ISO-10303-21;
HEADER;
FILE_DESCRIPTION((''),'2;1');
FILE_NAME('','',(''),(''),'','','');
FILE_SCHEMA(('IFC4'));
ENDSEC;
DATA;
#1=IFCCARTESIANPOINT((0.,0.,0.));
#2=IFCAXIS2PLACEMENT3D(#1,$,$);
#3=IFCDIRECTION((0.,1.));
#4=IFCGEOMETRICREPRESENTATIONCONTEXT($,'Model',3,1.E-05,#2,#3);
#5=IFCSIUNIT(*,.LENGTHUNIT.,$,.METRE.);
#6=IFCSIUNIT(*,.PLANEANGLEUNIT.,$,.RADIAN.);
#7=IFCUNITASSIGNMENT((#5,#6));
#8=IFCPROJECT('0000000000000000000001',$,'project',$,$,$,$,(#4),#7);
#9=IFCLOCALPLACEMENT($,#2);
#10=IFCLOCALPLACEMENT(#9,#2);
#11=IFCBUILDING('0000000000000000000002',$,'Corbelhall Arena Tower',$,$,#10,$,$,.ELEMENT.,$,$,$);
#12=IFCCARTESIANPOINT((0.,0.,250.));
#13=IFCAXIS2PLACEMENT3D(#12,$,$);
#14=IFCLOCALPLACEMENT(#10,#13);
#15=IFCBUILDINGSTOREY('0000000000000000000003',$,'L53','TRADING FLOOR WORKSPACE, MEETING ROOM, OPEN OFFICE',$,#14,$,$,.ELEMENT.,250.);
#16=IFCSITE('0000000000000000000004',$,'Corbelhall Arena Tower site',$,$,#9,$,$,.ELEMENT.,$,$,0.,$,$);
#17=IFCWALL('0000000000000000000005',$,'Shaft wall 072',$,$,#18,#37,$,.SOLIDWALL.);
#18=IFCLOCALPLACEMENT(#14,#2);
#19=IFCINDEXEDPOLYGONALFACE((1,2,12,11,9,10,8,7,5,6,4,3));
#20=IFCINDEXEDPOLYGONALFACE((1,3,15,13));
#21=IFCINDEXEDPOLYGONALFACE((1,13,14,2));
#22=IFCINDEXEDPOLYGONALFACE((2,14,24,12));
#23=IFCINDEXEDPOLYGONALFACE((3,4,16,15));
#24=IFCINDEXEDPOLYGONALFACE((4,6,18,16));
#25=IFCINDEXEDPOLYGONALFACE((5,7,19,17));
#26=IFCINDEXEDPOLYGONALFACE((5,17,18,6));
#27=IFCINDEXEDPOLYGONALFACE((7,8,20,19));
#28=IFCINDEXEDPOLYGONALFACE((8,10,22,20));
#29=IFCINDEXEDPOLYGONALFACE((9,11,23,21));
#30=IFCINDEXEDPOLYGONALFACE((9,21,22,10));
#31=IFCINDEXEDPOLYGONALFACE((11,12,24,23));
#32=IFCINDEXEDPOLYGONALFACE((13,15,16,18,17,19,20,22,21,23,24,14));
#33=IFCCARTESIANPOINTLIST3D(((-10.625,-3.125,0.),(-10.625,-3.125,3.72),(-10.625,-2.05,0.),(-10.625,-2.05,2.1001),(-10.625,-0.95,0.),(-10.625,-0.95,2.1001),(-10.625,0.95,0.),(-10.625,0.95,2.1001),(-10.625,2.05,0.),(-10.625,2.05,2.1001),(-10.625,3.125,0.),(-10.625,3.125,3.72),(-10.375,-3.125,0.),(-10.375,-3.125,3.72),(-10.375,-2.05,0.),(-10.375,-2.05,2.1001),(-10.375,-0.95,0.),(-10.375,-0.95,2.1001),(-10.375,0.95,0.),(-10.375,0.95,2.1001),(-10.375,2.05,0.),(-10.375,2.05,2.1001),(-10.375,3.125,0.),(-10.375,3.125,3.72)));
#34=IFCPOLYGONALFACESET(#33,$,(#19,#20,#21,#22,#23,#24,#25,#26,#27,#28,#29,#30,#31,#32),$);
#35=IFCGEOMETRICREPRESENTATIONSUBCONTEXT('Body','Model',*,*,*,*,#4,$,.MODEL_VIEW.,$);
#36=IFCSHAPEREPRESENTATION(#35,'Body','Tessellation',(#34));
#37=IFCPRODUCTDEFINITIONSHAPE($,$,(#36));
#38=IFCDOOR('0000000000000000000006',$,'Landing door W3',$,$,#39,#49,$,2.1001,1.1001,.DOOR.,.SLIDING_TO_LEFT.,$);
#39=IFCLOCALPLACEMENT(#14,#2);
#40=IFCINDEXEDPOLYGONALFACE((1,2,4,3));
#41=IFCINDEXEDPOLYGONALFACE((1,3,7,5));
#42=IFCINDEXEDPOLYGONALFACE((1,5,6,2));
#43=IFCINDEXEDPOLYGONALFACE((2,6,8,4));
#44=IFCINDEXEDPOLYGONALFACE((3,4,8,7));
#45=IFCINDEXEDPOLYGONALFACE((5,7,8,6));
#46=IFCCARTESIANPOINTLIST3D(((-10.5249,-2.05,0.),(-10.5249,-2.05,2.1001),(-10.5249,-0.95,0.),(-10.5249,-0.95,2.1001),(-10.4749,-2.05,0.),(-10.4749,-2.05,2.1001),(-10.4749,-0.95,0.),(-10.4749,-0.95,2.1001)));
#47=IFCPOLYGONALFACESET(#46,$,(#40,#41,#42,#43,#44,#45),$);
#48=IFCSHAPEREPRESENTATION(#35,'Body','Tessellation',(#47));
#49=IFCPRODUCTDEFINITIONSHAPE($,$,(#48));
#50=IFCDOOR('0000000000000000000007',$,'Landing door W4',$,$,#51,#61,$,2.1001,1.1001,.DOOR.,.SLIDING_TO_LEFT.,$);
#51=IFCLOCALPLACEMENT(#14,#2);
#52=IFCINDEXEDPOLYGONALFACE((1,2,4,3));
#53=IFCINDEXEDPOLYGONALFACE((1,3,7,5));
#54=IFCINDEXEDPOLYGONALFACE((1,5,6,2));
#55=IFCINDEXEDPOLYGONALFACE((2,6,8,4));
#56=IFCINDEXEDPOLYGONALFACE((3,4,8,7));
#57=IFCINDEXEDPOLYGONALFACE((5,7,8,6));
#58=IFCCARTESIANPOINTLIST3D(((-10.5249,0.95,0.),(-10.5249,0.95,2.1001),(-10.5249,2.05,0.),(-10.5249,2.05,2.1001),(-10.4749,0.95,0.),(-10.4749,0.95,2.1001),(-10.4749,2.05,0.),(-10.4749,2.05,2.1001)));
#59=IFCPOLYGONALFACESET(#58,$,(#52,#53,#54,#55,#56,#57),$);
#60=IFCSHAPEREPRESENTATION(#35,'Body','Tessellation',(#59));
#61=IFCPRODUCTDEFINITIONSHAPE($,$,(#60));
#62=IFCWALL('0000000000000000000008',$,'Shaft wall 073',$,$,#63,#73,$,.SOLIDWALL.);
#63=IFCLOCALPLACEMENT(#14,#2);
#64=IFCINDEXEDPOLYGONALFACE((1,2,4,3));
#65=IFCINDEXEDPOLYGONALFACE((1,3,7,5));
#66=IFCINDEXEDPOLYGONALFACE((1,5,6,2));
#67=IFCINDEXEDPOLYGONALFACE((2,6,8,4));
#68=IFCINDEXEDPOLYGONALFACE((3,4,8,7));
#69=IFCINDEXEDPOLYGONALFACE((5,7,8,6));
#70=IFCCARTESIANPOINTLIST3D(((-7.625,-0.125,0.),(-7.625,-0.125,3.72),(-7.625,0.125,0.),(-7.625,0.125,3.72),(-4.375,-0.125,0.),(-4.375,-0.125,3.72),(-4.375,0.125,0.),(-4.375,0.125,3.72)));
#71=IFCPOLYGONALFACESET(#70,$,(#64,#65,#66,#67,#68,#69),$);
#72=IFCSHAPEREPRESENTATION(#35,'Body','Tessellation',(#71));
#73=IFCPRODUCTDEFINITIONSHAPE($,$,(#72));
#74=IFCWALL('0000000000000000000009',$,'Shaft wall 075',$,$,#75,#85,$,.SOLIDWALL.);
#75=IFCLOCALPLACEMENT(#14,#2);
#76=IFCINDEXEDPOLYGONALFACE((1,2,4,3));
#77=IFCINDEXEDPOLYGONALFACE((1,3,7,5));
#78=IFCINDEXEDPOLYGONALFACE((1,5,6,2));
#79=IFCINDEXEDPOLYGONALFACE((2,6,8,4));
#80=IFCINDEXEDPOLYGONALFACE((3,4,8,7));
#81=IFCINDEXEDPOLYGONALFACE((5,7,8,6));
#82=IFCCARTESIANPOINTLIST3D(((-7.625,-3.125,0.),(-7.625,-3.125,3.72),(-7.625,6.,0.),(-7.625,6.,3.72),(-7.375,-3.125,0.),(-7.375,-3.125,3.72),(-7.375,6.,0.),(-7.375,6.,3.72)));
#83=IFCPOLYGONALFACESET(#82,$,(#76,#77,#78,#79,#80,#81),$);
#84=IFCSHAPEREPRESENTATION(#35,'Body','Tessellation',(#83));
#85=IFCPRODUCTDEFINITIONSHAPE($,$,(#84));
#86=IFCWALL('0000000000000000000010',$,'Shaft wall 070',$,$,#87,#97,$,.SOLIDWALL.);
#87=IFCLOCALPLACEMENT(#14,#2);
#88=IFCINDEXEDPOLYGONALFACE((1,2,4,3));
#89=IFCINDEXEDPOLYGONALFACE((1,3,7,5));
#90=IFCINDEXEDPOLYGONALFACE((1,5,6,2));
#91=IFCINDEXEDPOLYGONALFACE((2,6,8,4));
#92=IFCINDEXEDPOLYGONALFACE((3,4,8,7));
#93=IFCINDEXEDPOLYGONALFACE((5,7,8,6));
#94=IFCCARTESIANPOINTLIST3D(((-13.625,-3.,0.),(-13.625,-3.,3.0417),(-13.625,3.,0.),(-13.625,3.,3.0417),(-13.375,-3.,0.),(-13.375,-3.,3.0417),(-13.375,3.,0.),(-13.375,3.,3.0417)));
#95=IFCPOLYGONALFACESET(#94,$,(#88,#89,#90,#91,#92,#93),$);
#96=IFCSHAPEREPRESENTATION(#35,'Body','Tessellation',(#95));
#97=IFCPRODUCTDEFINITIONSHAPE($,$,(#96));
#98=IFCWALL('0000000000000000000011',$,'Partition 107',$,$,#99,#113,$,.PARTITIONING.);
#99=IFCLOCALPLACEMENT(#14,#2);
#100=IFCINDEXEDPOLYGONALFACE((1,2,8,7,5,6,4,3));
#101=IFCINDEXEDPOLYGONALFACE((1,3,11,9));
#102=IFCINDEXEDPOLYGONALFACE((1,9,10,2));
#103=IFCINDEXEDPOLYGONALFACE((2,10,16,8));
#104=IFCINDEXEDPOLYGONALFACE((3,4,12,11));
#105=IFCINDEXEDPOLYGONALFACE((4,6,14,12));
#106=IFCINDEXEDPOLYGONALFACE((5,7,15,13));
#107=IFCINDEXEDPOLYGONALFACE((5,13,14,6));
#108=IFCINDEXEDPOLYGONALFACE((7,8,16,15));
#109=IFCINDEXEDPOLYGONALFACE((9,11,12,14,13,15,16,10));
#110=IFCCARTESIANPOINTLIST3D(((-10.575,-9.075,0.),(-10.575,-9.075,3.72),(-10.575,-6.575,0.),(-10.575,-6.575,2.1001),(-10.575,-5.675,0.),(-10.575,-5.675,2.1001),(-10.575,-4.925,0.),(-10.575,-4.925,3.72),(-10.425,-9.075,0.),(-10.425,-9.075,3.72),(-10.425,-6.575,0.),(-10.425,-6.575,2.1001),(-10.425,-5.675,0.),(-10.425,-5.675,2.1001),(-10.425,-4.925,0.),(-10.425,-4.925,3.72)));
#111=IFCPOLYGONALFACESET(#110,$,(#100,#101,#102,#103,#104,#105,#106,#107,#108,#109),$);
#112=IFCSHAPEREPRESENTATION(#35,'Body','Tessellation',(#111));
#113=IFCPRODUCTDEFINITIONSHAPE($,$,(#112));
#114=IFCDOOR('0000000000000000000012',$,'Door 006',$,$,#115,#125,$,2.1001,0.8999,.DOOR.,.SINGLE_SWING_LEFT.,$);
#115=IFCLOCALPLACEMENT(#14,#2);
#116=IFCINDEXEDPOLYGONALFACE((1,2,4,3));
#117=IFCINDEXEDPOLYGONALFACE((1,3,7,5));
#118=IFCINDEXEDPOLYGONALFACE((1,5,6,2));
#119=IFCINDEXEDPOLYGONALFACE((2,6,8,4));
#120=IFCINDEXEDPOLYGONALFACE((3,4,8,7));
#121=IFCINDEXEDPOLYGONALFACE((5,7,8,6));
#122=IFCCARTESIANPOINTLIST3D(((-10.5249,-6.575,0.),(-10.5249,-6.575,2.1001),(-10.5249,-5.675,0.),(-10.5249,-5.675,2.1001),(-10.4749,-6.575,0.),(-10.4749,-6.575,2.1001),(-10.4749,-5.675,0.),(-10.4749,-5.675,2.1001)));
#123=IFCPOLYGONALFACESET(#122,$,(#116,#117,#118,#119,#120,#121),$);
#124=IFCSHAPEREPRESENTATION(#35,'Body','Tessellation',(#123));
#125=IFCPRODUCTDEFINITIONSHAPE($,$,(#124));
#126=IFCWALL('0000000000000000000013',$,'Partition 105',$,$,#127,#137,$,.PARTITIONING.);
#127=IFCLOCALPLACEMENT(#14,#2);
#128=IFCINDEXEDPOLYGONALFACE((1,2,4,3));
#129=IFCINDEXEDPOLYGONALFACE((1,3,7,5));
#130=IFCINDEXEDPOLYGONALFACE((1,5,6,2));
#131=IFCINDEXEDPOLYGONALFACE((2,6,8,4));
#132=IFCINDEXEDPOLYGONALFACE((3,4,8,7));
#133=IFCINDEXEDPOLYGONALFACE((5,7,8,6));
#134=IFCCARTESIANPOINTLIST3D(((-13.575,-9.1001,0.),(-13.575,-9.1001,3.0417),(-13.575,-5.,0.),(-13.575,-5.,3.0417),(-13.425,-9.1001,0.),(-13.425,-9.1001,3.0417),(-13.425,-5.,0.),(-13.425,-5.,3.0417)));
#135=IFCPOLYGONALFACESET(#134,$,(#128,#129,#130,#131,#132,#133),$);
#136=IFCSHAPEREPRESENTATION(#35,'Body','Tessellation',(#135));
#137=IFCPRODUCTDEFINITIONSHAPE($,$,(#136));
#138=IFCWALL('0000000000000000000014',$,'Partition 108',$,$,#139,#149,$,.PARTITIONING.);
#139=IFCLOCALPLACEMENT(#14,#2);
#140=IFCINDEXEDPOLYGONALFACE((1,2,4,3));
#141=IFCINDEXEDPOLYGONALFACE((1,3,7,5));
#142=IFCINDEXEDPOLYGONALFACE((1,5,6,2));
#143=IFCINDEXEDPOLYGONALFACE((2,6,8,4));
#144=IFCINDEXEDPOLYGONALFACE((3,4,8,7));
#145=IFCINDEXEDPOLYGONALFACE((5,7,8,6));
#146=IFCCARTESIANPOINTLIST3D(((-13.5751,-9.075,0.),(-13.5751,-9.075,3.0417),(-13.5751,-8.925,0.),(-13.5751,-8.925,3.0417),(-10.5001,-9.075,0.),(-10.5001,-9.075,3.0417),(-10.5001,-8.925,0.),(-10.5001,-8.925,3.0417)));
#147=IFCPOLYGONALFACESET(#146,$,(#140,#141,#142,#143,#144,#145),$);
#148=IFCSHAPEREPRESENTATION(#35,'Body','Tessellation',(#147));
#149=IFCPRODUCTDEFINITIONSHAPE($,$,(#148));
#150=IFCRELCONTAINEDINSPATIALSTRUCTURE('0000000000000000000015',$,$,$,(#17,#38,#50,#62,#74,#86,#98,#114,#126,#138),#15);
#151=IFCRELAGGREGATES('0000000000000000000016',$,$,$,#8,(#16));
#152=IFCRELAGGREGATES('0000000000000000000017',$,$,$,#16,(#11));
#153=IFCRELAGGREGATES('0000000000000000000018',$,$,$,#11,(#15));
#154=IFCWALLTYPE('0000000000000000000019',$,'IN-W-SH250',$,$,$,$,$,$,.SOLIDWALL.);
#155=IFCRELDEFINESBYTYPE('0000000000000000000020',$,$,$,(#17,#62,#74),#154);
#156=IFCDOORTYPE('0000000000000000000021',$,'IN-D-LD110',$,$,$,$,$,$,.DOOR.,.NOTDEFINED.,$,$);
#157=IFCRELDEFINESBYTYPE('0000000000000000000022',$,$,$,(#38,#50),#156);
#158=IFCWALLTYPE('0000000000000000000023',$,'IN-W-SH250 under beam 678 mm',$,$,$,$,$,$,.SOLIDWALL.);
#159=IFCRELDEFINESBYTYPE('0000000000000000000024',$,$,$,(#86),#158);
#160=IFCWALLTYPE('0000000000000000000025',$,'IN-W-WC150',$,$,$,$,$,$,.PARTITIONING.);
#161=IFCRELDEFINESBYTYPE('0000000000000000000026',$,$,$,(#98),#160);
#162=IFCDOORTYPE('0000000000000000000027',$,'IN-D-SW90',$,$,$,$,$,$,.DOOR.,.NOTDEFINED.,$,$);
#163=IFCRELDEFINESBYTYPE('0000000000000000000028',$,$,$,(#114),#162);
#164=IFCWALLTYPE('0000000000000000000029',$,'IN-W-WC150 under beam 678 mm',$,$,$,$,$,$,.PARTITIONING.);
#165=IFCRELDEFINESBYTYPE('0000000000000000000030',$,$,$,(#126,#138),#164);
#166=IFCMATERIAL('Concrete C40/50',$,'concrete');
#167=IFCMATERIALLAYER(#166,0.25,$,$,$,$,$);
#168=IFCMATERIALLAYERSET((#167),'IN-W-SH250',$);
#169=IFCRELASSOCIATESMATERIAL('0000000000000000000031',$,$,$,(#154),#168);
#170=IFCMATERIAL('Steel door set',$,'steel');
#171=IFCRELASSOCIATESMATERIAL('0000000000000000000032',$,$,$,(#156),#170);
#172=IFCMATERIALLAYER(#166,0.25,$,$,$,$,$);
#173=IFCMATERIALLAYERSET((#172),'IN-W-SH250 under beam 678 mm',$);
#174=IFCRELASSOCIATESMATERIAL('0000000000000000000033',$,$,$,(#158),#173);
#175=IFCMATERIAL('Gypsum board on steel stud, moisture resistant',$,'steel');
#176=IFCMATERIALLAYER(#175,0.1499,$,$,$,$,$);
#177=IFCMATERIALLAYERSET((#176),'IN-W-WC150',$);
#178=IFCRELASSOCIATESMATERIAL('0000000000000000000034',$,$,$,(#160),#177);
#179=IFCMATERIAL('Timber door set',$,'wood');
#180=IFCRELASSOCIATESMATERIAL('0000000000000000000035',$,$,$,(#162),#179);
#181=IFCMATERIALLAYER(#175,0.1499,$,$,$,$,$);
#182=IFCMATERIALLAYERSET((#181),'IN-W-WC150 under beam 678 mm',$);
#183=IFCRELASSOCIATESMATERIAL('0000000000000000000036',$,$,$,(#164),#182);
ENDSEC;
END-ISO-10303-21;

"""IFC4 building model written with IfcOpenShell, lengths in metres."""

from ifc_helpers import new_model, si_unit, direction, frame, frame_2d, origin, place, context, subcontext, project, spatial, rectangle, extrude, material, layer, layer_set, type_object, element, fill, save


model = new_model("IFC4")

# Units and contexts
model_context = context("Model", 3, precision=1e-05, world=origin(), true_north=direction((0.0, 1.0)))
body_context = subcontext(model_context, "Body", "Model", "MODEL_VIEW")
ifc_project = project(units=[si_unit("LENGTHUNIT", "METRE"), si_unit("PLANEANGLEUNIT", "RADIAN")], contexts=[model_context])

# Site, building, storey
site_placement = place(None, origin())
site = spatial("IfcSite", under=ifc_project, at=site_placement, Name="Corbelhall Arena Tower site", CompositionType="ELEMENT", RefElevation=0.0)
building_placement = place(site_placement, origin())
building = spatial("IfcBuilding", under=site, at=building_placement, Name="Corbelhall Arena Tower", CompositionType="ELEMENT")
storey_placement = place(building_placement, frame((0.0, 0.0, 250.0)))
storey = spatial("IfcBuildingStorey", under=building, at=storey_placement, Name="L53", Description="TRADING FLOOR WORKSPACE, MEETING ROOM, OPEN OFFICE", CompositionType="ELEMENT", Elevation=250.0)

# Shared definitions
ifc_material_1 = material(Name="Steel door set", Category="steel")

# Wall, openings, doors
ifc_material_2 = material(Name="Concrete C40/50", Category="concrete")
ifc_layer_1 = layer(ifc_material_2, 0.25)
ifc_layer_set_1 = layer_set([ifc_layer_1], Name="IN-W-SH250")
wall_type_1 = type_object("IfcWallType", Name="IN-W-SH250", PredefinedType="SOLIDWALL", material=ifc_layer_set_1)
wall_1_placement = place(storey_placement, frame((-10.5, -3.125, 0.0), z_axis=(0.0, 0.0, 1.0), x_axis=(0.0, 1.0, 0.0)))
wall_1 = element("IfcWall", 1, at=wall_1_placement, inside=storey, type_object=wall_type_1, Name="Shaft wall 072", PredefinedType="SOLIDWALL", context=body_context, shape_type="SweptSolid", body=[
    extrude(rectangle(XDim=6.25, YDim=0.25, at=frame_2d((3.125, 0.0))), origin(), (0.0, 0.0, 1.0), 3.72),
])
opening_1_placement = place(wall_1_placement, frame((1.075, 0.0, 0.0)))
opening_1 = element("IfcOpeningElement", 2, at=opening_1_placement, cuts=wall_1, PredefinedType="OPENING", context=body_context, shape_type="SweptSolid", body=[
    extrude(rectangle(XDim=1.1001, YDim=2.1001, at=frame_2d((0.55, 1.05))), frame((0.0, 0.125, 0.0), z_axis=(0.0, -1.0, 0.0), x_axis=(1.0, 0.0, 0.0)), (0.0, 0.0, 1.0), 0.25),
])
opening_2_placement = place(wall_1_placement, frame((4.075, 0.0, 0.0)))
opening_2 = element("IfcOpeningElement", 3, at=opening_2_placement, cuts=wall_1, PredefinedType="OPENING", context=body_context, shape_type="SweptSolid", body=[
    extrude(rectangle(XDim=1.1001, YDim=2.1001, at=frame_2d((0.55, 1.05))), frame((0.0, 0.125, 0.0), z_axis=(0.0, -1.0, 0.0), x_axis=(1.0, 0.0, 0.0)), (0.0, 0.0, 1.0), 0.25),
])
door_type_1 = type_object("IfcDoorType", Name="IN-D-LD110", OperationType="NOTDEFINED", PredefinedType="DOOR", material=ifc_material_1)
door_1_placement = place(opening_1_placement, origin())
door_1 = element("IfcDoor", 4, at=door_1_placement, inside=storey, type_object=door_type_1, Name="Landing door W3", OperationType="SLIDING_TO_LEFT", OverallHeight=2.1001, OverallWidth=1.1001, PredefinedType="DOOR", context=body_context, shape_type="SweptSolid", body=[
    extrude(rectangle(XDim=1.1001, YDim=2.1001, at=frame_2d((0.55, 1.05))), frame((0.0, 0.0249, 0.0), z_axis=(0.0, -1.0, 0.0), x_axis=(1.0, 0.0, 0.0)), (0.0, 0.0, 1.0), 0.05),
])
fill(opening_1, door_1)
door_2_placement = place(opening_2_placement, origin())
door_2 = element("IfcDoor", 5, at=door_2_placement, inside=storey, type_object=door_type_1, Name="Landing door W4", OperationType="SLIDING_TO_LEFT", OverallHeight=2.1001, OverallWidth=1.1001, PredefinedType="DOOR", context=body_context, shape_type="SweptSolid", body=[
    extrude(rectangle(XDim=1.1001, YDim=2.1001, at=frame_2d((0.55, 1.05))), frame((0.0, 0.0249, 0.0), z_axis=(0.0, -1.0, 0.0), x_axis=(1.0, 0.0, 0.0)), (0.0, 0.0, 1.0), 0.05),
])
fill(opening_2, door_2)

# Walls
wall_2_placement = place(storey_placement, frame((-7.625, 0.0, 0.0), z_axis=(0.0, 0.0, 1.0), x_axis=(1.0, 0.0, 0.0)))
element("IfcWall", 6, at=wall_2_placement, inside=storey, type_object=wall_type_1, Name="Shaft wall 073", PredefinedType="SOLIDWALL", context=body_context, shape_type="SweptSolid", body=[
    extrude(rectangle(XDim=3.25, YDim=0.25, at=frame_2d((1.625, 0.0))), origin(), (0.0, 0.0, 1.0), 3.72),
])
wall_3_placement = place(storey_placement, frame((-7.5, -3.125, 0.0), z_axis=(0.0, 0.0, 1.0), x_axis=(0.0, 1.0, 0.0)))
element("IfcWall", 7, at=wall_3_placement, inside=storey, type_object=wall_type_1, Name="Shaft wall 075", PredefinedType="SOLIDWALL", context=body_context, shape_type="SweptSolid", body=[
    extrude(rectangle(XDim=9.125, YDim=0.25, at=frame_2d((4.5625, 0.0))), origin(), (0.0, 0.0, 1.0), 3.72),
])
ifc_layer_2 = layer(ifc_material_2, 0.25)
ifc_layer_set_2 = layer_set([ifc_layer_2], Name="IN-W-SH250 under beam 678 mm")
wall_type_2 = type_object("IfcWallType", Name="IN-W-SH250 under beam 678 mm", PredefinedType="SOLIDWALL", material=ifc_layer_set_2)
wall_4_placement = place(storey_placement, frame((-13.5, -3.0, 0.0), z_axis=(0.0, 0.0, 1.0), x_axis=(0.0, 1.0, 0.0)))
element("IfcWall", 8, at=wall_4_placement, inside=storey, type_object=wall_type_2, Name="Shaft wall 070", PredefinedType="SOLIDWALL", context=body_context, shape_type="SweptSolid", body=[
    extrude(rectangle(XDim=6.0, YDim=0.25, at=frame_2d((3.0, 0.0))), origin(), (0.0, 0.0, 1.0), 3.0417),
])

# Wall, opening, door
ifc_material_3 = material(Name="Gypsum board on steel stud, moisture resistant", Category="steel")
ifc_layer_3 = layer(ifc_material_3, 0.1499)
ifc_layer_set_3 = layer_set([ifc_layer_3], Name="IN-W-WC150")
wall_type_3 = type_object("IfcWallType", Name="IN-W-WC150", PredefinedType="PARTITIONING", material=ifc_layer_set_3)
wall_5_placement = place(storey_placement, frame((-10.5, -9.075, 0.0), z_axis=(0.0, 0.0, 1.0), x_axis=(0.0, 1.0, 0.0)))
wall_5 = element("IfcWall", 9, at=wall_5_placement, inside=storey, type_object=wall_type_3, Name="Partition 107", PredefinedType="PARTITIONING", context=body_context, shape_type="SweptSolid", body=[
    extrude(rectangle(XDim=4.1499, YDim=0.1499, at=frame_2d((2.075, 0.0))), origin(), (0.0, 0.0, 1.0), 3.72),
])
opening_3_placement = place(wall_5_placement, frame((2.5, 0.0, 0.0)))
opening_3 = element("IfcOpeningElement", 10, at=opening_3_placement, cuts=wall_5, PredefinedType="OPENING", context=body_context, shape_type="SweptSolid", body=[
    extrude(rectangle(XDim=0.8999, YDim=2.1001, at=frame_2d((0.45, 1.05))), frame((0.0, 0.075, 0.0), z_axis=(0.0, -1.0, 0.0), x_axis=(1.0, 0.0, 0.0)), (0.0, 0.0, 1.0), 0.1499),
])
ifc_material_4 = material(Name="Timber door set", Category="wood")
door_type_2 = type_object("IfcDoorType", Name="IN-D-SW90", OperationType="NOTDEFINED", PredefinedType="DOOR", material=ifc_material_4)
door_3_placement = place(opening_3_placement, origin())
door_3 = element("IfcDoor", 11, at=door_3_placement, inside=storey, type_object=door_type_2, Name="Door 006", OperationType="SINGLE_SWING_LEFT", OverallHeight=2.1001, OverallWidth=0.8999, PredefinedType="DOOR", context=body_context, shape_type="SweptSolid", body=[
    extrude(rectangle(XDim=0.8999, YDim=2.1001, at=frame_2d((0.45, 1.05))), frame((0.0, 0.0249, 0.0), z_axis=(0.0, -1.0, 0.0), x_axis=(1.0, 0.0, 0.0)), (0.0, 0.0, 1.0), 0.05),
])
fill(opening_3, door_3)

# Walls
ifc_layer_4 = layer(ifc_material_3, 0.1499)
ifc_layer_set_4 = layer_set([ifc_layer_4], Name="IN-W-WC150 under beam 678 mm")
wall_type_4 = type_object("IfcWallType", Name="IN-W-WC150 under beam 678 mm", PredefinedType="PARTITIONING", material=ifc_layer_set_4)
wall_6_placement = place(storey_placement, frame((-13.5, -9.1001, 0.0), z_axis=(0.0, 0.0, 1.0), x_axis=(0.0, 1.0, 0.0)))
element("IfcWall", 12, at=wall_6_placement, inside=storey, type_object=wall_type_4, Name="Partition 105", PredefinedType="PARTITIONING", context=body_context, shape_type="SweptSolid", body=[
    extrude(rectangle(XDim=4.1001, YDim=0.1499, at=frame_2d((2.05, 0.0))), origin(), (0.0, 0.0, 1.0), 3.0417),
])
wall_7_placement = place(storey_placement, frame((-10.5, -9.0, 0.0), z_axis=(0.0, 0.0, 1.0), x_axis=(-1.0, 0.0, 0.0)))
element("IfcWall", 13, at=wall_7_placement, inside=storey, type_object=wall_type_4, Name="Partition 108", PredefinedType="PARTITIONING", context=body_context, shape_type="SweptSolid", body=[
    extrude(rectangle(XDim=3.075, YDim=0.1499, at=frame_2d((1.5376, 0.0))), origin(), (0.0, 0.0, 1.0), 3.0417),
])

save(model, "model.ifc")
